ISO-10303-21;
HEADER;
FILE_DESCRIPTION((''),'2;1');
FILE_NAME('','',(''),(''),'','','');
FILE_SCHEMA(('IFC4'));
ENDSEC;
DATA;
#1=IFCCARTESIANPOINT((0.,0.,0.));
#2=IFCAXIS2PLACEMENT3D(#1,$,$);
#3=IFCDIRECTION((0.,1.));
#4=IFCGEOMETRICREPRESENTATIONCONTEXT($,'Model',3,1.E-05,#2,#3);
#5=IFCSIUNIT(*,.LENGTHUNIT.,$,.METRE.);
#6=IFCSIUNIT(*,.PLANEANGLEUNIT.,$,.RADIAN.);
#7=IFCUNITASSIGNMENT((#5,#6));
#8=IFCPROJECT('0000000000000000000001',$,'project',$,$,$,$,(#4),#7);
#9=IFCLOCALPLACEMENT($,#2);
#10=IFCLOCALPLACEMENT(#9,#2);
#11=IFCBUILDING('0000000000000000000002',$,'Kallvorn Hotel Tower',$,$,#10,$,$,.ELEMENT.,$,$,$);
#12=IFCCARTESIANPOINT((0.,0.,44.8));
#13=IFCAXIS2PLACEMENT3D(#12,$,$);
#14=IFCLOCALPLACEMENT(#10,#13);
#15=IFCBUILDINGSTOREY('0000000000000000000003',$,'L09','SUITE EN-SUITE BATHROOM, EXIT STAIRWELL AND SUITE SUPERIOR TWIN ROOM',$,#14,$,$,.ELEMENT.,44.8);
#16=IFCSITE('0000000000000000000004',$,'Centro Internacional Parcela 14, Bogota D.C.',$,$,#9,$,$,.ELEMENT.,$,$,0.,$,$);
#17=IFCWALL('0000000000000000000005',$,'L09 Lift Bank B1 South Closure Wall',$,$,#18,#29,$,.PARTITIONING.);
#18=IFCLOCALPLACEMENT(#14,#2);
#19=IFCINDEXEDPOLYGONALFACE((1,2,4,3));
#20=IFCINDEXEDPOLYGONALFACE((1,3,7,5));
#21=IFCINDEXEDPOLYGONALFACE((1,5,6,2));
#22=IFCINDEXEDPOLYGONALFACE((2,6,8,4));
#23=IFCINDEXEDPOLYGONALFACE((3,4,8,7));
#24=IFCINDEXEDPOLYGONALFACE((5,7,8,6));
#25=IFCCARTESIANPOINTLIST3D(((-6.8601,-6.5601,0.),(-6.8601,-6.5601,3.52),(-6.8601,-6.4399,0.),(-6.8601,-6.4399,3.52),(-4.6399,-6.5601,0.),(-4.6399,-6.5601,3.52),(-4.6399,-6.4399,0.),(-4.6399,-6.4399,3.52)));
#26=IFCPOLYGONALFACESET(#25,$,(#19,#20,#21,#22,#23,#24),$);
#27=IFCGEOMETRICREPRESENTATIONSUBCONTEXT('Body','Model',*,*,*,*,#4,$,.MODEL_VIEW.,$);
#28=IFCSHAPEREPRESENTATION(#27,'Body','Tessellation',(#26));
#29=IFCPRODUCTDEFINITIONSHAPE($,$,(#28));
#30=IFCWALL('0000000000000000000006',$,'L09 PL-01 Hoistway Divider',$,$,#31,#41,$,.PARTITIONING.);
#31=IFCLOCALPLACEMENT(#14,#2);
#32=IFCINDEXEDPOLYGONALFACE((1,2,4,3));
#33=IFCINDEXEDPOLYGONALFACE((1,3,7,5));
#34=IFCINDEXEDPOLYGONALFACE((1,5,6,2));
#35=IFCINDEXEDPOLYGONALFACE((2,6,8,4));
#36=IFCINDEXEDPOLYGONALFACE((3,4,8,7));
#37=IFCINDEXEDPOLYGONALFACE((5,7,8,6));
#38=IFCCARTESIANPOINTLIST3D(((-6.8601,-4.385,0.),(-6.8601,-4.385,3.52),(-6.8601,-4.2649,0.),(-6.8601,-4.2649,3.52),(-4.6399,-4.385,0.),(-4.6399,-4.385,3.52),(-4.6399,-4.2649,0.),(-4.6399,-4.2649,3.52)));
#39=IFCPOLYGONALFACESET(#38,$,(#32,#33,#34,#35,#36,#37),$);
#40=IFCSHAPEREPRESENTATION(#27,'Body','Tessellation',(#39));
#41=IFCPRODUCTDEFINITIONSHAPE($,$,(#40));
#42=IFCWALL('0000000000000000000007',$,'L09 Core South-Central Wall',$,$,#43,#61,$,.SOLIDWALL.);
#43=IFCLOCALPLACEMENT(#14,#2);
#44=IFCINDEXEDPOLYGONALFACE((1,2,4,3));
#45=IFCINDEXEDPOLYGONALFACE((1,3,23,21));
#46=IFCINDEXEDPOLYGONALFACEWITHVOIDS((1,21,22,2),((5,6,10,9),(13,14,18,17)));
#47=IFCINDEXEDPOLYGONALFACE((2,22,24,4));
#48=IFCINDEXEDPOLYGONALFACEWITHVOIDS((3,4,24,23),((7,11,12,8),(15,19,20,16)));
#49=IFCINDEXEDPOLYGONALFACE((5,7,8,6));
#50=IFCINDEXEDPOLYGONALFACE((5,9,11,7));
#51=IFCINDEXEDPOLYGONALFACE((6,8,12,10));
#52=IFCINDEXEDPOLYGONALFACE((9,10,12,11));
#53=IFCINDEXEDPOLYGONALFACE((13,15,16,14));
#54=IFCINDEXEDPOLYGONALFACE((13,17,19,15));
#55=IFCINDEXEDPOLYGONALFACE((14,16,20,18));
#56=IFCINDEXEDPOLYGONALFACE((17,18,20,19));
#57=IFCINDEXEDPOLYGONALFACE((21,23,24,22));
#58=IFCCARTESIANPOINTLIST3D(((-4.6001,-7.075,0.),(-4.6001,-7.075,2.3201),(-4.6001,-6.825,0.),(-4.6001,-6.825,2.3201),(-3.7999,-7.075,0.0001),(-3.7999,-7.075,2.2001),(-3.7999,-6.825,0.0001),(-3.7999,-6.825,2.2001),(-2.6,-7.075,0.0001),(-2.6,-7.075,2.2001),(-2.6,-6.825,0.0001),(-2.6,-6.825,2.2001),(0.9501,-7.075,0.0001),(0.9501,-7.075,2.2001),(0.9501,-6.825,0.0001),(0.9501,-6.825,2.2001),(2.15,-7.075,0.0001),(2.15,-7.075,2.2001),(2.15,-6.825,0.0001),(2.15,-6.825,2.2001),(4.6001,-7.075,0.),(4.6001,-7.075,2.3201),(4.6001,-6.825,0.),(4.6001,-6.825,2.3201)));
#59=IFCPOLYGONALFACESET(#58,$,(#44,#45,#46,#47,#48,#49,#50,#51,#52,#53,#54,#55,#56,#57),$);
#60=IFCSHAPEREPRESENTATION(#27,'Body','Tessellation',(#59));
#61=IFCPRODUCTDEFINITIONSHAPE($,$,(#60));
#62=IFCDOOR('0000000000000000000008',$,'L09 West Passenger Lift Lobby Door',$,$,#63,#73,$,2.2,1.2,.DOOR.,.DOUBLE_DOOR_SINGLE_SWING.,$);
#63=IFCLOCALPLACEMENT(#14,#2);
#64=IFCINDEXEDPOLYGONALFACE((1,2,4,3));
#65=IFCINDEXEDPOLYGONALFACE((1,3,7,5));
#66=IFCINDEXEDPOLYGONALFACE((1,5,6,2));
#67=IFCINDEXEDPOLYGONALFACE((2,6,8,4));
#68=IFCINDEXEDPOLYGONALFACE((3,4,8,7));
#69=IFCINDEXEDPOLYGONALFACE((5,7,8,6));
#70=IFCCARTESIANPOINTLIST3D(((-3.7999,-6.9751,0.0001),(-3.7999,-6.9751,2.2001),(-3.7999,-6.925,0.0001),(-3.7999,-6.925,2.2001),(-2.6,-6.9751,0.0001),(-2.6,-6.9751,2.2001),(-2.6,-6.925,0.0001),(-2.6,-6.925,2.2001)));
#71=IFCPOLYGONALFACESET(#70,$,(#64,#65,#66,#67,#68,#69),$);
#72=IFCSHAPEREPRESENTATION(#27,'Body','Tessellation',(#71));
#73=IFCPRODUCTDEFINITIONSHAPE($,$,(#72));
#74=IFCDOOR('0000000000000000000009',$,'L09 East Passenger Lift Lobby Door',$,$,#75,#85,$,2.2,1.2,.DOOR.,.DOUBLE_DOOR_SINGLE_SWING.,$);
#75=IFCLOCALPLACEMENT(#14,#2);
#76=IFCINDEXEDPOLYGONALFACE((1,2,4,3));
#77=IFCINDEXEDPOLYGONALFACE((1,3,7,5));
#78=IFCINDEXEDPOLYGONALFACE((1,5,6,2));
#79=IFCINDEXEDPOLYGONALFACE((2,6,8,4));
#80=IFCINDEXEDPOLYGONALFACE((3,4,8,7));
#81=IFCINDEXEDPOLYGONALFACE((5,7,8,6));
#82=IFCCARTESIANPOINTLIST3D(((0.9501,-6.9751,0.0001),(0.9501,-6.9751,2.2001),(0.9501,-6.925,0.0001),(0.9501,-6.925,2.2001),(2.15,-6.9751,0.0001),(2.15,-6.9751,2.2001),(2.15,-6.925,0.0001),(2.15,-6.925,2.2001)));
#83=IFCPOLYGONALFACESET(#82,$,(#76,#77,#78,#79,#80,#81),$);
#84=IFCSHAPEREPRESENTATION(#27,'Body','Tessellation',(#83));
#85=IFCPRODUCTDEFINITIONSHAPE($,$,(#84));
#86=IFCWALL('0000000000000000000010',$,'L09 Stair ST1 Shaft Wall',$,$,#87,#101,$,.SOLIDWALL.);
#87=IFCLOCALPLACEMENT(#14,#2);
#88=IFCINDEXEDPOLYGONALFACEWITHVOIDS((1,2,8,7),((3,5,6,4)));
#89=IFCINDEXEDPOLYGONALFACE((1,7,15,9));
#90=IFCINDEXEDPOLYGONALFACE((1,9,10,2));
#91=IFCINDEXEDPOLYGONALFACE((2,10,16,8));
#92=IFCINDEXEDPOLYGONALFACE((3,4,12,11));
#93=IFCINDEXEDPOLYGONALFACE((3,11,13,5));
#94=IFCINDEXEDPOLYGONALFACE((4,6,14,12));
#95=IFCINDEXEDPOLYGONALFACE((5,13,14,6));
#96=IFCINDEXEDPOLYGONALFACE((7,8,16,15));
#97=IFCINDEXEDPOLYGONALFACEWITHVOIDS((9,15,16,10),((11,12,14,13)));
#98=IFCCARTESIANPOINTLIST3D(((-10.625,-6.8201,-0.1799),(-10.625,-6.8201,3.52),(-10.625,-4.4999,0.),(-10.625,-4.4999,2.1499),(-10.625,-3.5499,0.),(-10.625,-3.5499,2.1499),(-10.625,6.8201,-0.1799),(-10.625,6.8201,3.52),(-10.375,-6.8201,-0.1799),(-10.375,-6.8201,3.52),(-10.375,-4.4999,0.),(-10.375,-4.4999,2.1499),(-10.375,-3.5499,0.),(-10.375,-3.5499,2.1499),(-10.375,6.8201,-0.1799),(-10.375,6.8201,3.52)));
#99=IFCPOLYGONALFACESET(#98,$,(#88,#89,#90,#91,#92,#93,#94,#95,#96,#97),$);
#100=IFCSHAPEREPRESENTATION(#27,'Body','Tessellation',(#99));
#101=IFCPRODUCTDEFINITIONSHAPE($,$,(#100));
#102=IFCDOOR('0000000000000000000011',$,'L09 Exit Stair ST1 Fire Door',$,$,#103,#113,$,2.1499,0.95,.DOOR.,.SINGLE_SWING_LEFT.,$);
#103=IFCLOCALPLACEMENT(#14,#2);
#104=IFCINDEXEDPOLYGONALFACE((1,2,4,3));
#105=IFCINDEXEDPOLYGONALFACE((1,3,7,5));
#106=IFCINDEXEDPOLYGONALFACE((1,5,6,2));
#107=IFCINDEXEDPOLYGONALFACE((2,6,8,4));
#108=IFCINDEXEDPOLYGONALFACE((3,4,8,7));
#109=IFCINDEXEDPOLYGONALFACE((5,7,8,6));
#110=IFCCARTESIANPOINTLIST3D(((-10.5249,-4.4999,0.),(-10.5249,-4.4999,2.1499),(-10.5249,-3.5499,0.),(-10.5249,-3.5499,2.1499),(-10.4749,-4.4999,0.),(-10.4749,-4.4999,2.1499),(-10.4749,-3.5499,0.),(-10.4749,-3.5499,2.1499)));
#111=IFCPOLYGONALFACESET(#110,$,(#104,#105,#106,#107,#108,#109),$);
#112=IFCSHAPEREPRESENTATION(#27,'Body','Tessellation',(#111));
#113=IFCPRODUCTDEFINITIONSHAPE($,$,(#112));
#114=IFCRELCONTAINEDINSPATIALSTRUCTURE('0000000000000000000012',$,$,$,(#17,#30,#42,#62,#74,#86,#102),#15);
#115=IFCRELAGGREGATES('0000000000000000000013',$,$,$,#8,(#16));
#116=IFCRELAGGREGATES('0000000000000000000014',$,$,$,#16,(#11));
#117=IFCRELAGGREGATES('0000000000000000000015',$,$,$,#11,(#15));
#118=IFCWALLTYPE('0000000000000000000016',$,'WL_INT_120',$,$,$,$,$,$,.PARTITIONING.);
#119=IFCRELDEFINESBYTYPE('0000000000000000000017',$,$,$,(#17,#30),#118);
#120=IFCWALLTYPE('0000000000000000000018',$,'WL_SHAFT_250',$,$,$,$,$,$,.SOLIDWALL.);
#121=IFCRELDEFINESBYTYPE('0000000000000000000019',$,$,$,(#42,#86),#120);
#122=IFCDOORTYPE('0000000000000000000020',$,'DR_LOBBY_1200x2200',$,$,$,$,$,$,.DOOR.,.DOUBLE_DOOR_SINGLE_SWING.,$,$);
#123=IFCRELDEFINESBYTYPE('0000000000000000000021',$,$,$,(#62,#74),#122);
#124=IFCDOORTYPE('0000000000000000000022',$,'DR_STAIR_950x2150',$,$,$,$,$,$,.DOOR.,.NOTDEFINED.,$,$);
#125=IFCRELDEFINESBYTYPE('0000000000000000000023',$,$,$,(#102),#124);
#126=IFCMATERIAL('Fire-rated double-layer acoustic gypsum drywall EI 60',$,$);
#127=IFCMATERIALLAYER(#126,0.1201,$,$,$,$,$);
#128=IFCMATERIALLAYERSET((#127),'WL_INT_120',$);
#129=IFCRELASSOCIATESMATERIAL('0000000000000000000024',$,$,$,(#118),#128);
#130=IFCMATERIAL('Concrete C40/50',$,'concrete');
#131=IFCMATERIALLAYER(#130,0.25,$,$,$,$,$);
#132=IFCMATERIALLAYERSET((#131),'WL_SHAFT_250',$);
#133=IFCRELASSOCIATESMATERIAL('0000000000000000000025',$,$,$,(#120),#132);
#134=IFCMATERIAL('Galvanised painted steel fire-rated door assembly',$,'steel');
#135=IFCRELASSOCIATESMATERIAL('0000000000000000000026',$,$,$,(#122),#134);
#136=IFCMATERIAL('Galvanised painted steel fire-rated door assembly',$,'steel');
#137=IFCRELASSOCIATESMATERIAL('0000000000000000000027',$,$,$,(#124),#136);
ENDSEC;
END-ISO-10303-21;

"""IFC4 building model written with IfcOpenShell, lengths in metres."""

from ifc_helpers import new_model, si_unit, direction, frame, frame_2d, origin, place, context, subcontext, project, spatial, rectangle, extrude, material, layer, layer_set, type_object, element, fill, save


model = new_model("IFC4")

# Units and contexts
model_context = context("Model", 3, precision=1e-05, world=origin(), true_north=direction((0.0, 1.0)))
body_context = subcontext(model_context, "Body", "Model", "MODEL_VIEW")
ifc_project = project(units=[si_unit("LENGTHUNIT", "METRE"), si_unit("PLANEANGLEUNIT", "RADIAN")], contexts=[model_context])

# Site, building, storey
site_placement = place(None, origin())
site = spatial("IfcSite", under=ifc_project, at=site_placement, Name="Centro Internacional Parcela 14, Bogota D.C.", CompositionType="ELEMENT", RefElevation=0.0)
building_placement = place(site_placement, origin())
building = spatial("IfcBuilding", under=site, at=building_placement, Name="Kallvorn Hotel Tower", CompositionType="ELEMENT")
storey_placement = place(building_placement, frame((0.0, 0.0, 44.8)))
storey = spatial("IfcBuildingStorey", under=building, at=storey_placement, Name="L09", Description="SUITE EN-SUITE BATHROOM, EXIT STAIRWELL AND SUITE SUPERIOR TWIN ROOM", CompositionType="ELEMENT", Elevation=44.8)

# Walls
ifc_material_1 = material(Name="Fire-rated double-layer acoustic gypsum drywall EI 60")
ifc_layer_1 = layer(ifc_material_1, 0.1201)
ifc_layer_set_1 = layer_set([ifc_layer_1], Name="WL_INT_120")
wall_type_1 = type_object("IfcWallType", Name="WL_INT_120", PredefinedType="PARTITIONING", material=ifc_layer_set_1)
for number, where, z_axis, x_axis, name in (
    (1, (-6.8601, -6.5, 0.0), (0.0, 0.0, 1.0), (1.0, 0.0, 0.0), "L09 Lift Bank B1 South Closure Wall"),
    (2, (-6.8601, -4.325, 0.0), (0.0, 0.0, 1.0), (1.0, 0.0, 0.0), "L09 PL-01 Hoistway Divider"),
):
    element("IfcWall", number, at=place(storey_placement, frame(where, z_axis=z_axis, x_axis=x_axis)), inside=storey, type_object=wall_type_1, Name=name, PredefinedType="PARTITIONING", context=body_context, shape_type="SweptSolid", body=[
        extrude(rectangle(XDim=2.2202, YDim=0.1201, at=frame_2d((1.1101, 0.0))), origin(), (0.0, 0.0, 1.0), 3.52),
    ])

# Wall, openings, doors
ifc_material_2 = material(Name="Concrete C40/50", Category="concrete")
ifc_layer_2 = layer(ifc_material_2, 0.25)
ifc_layer_set_2 = layer_set([ifc_layer_2], Name="WL_SHAFT_250")
wall_type_2 = type_object("IfcWallType", Name="WL_SHAFT_250", PredefinedType="SOLIDWALL", material=ifc_layer_set_2)
wall_1_placement = place(storey_placement, frame((-4.6001, -6.95, 0.0), z_axis=(0.0, 0.0, 1.0), x_axis=(1.0, 0.0, 0.0)))
wall_1 = element("IfcWall", 3, at=wall_1_placement, inside=storey, type_object=wall_type_2, Name="L09 Core South-Central Wall", PredefinedType="SOLIDWALL", context=body_context, shape_type="SweptSolid", body=[
    extrude(rectangle(XDim=9.2002, YDim=0.25, at=frame_2d((4.6001, 0.0))), origin(), (0.0, 0.0, 1.0), 2.3201),
])
opening_1_placement = place(wall_1_placement, frame((0.8, 0.0, 0.0)))
opening_1 = element("IfcOpeningElement", 4, at=opening_1_placement, cuts=wall_1, PredefinedType="OPENING", context=body_context, shape_type="SweptSolid", body=[
    extrude(rectangle(XDim=1.2, YDim=2.2, at=frame_2d((0.6001, 1.1001))), frame((0.0, 0.1399, 0.0), z_axis=(0.0, -1.0, 0.0), x_axis=(1.0, 0.0, 0.0)), (0.0, 0.0, 1.0), 0.28),
])
opening_2_placement = place(wall_1_placement, frame((5.55, 0.0, 0.0)))
opening_2 = element("IfcOpeningElement", 5, at=opening_2_placement, cuts=wall_1, PredefinedType="OPENING", context=body_context, shape_type="SweptSolid", body=[
    extrude(rectangle(XDim=1.2, YDim=2.2, at=frame_2d((0.6001, 1.1001))), frame((0.0, 0.1399, 0.0), z_axis=(0.0, -1.0, 0.0), x_axis=(1.0, 0.0, 0.0)), (0.0, 0.0, 1.0), 0.28),
])
ifc_material_3 = material(Name="Galvanised painted steel fire-rated door assembly", Category="steel")
door_type_1 = type_object("IfcDoorType", Name="DR_LOBBY_1200x2200", OperationType="DOUBLE_DOOR_SINGLE_SWING", PredefinedType="DOOR", material=ifc_material_3)
door_1_placement = place(opening_1_placement, origin())
door_1 = element("IfcDoor", 6, at=door_1_placement, inside=storey, type_object=door_type_1, Name="L09 West Passenger Lift Lobby Door", OperationType="DOUBLE_DOOR_SINGLE_SWING", OverallHeight=2.2, OverallWidth=1.2, PredefinedType="DOOR", context=body_context, shape_type="SweptSolid", body=[
    extrude(rectangle(XDim=1.2, YDim=2.2, at=frame_2d((0.6001, 1.1001))), frame((0.0, 0.0249, 0.0), z_axis=(0.0, -1.0, 0.0), x_axis=(1.0, 0.0, 0.0)), (0.0, 0.0, 1.0), 0.05),
])
fill(opening_1, door_1)
door_2_placement = place(opening_2_placement, origin())
door_2 = element("IfcDoor", 7, at=door_2_placement, inside=storey, type_object=door_type_1, Name="L09 East Passenger Lift Lobby Door", OperationType="DOUBLE_DOOR_SINGLE_SWING", OverallHeight=2.2, OverallWidth=1.2, PredefinedType="DOOR", context=body_context, shape_type="SweptSolid", body=[
    extrude(rectangle(XDim=1.2, YDim=2.2, at=frame_2d((0.6001, 1.1001))), frame((0.0, 0.0249, 0.0), z_axis=(0.0, -1.0, 0.0), x_axis=(1.0, 0.0, 0.0)), (0.0, 0.0, 1.0), 0.05),
])
fill(opening_2, door_2)

# Wall, opening, door
wall_2_placement = place(storey_placement, frame((-10.5, -6.8201, -0.1799), z_axis=(0.0, 0.0, 1.0), x_axis=(0.0, 1.0, 0.0)))
wall_2 = element("IfcWall", 8, at=wall_2_placement, inside=storey, type_object=wall_type_2, Name="L09 Stair ST1 Shaft Wall", PredefinedType="SOLIDWALL", context=body_context, shape_type="SweptSolid", body=[
    extrude(rectangle(XDim=13.6401, YDim=0.25, at=frame_2d((6.8201, 0.0))), origin(), (0.0, 0.0, 1.0), 3.7),
])
opening_3_placement = place(wall_2_placement, frame((2.3201, 0.0, 0.1799)))
opening_3 = element("IfcOpeningElement", 9, at=opening_3_placement, cuts=wall_2, PredefinedType="OPENING", context=body_context, shape_type="SweptSolid", body=[
    extrude(rectangle(XDim=0.95, YDim=2.1499, at=frame_2d((0.4751, 1.075))), frame((0.0, 0.1399, 0.0), z_axis=(0.0, -1.0, 0.0), x_axis=(1.0, 0.0, 0.0)), (0.0, 0.0, 1.0), 0.28),
])
ifc_material_4 = material(Name="Galvanised painted steel fire-rated door assembly", Category="steel")
door_type_2 = type_object("IfcDoorType", Name="DR_STAIR_950x2150", OperationType="NOTDEFINED", PredefinedType="DOOR", material=ifc_material_4)
door_3_placement = place(opening_3_placement, origin())
door_3 = element("IfcDoor", 10, at=door_3_placement, inside=storey, type_object=door_type_2, Name="L09 Exit Stair ST1 Fire Door", OperationType="SINGLE_SWING_LEFT", OverallHeight=2.1499, OverallWidth=0.95, PredefinedType="DOOR", context=body_context, shape_type="SweptSolid", body=[
    extrude(rectangle(XDim=0.95, YDim=2.1499, at=frame_2d((0.4751, 1.075))), frame((0.0, 0.0249, 0.0), z_axis=(0.0, -1.0, 0.0), x_axis=(1.0, 0.0, 0.0)), (0.0, 0.0, 1.0), 0.05),
])
fill(opening_3, door_3)

save(model, "model.ifc")
